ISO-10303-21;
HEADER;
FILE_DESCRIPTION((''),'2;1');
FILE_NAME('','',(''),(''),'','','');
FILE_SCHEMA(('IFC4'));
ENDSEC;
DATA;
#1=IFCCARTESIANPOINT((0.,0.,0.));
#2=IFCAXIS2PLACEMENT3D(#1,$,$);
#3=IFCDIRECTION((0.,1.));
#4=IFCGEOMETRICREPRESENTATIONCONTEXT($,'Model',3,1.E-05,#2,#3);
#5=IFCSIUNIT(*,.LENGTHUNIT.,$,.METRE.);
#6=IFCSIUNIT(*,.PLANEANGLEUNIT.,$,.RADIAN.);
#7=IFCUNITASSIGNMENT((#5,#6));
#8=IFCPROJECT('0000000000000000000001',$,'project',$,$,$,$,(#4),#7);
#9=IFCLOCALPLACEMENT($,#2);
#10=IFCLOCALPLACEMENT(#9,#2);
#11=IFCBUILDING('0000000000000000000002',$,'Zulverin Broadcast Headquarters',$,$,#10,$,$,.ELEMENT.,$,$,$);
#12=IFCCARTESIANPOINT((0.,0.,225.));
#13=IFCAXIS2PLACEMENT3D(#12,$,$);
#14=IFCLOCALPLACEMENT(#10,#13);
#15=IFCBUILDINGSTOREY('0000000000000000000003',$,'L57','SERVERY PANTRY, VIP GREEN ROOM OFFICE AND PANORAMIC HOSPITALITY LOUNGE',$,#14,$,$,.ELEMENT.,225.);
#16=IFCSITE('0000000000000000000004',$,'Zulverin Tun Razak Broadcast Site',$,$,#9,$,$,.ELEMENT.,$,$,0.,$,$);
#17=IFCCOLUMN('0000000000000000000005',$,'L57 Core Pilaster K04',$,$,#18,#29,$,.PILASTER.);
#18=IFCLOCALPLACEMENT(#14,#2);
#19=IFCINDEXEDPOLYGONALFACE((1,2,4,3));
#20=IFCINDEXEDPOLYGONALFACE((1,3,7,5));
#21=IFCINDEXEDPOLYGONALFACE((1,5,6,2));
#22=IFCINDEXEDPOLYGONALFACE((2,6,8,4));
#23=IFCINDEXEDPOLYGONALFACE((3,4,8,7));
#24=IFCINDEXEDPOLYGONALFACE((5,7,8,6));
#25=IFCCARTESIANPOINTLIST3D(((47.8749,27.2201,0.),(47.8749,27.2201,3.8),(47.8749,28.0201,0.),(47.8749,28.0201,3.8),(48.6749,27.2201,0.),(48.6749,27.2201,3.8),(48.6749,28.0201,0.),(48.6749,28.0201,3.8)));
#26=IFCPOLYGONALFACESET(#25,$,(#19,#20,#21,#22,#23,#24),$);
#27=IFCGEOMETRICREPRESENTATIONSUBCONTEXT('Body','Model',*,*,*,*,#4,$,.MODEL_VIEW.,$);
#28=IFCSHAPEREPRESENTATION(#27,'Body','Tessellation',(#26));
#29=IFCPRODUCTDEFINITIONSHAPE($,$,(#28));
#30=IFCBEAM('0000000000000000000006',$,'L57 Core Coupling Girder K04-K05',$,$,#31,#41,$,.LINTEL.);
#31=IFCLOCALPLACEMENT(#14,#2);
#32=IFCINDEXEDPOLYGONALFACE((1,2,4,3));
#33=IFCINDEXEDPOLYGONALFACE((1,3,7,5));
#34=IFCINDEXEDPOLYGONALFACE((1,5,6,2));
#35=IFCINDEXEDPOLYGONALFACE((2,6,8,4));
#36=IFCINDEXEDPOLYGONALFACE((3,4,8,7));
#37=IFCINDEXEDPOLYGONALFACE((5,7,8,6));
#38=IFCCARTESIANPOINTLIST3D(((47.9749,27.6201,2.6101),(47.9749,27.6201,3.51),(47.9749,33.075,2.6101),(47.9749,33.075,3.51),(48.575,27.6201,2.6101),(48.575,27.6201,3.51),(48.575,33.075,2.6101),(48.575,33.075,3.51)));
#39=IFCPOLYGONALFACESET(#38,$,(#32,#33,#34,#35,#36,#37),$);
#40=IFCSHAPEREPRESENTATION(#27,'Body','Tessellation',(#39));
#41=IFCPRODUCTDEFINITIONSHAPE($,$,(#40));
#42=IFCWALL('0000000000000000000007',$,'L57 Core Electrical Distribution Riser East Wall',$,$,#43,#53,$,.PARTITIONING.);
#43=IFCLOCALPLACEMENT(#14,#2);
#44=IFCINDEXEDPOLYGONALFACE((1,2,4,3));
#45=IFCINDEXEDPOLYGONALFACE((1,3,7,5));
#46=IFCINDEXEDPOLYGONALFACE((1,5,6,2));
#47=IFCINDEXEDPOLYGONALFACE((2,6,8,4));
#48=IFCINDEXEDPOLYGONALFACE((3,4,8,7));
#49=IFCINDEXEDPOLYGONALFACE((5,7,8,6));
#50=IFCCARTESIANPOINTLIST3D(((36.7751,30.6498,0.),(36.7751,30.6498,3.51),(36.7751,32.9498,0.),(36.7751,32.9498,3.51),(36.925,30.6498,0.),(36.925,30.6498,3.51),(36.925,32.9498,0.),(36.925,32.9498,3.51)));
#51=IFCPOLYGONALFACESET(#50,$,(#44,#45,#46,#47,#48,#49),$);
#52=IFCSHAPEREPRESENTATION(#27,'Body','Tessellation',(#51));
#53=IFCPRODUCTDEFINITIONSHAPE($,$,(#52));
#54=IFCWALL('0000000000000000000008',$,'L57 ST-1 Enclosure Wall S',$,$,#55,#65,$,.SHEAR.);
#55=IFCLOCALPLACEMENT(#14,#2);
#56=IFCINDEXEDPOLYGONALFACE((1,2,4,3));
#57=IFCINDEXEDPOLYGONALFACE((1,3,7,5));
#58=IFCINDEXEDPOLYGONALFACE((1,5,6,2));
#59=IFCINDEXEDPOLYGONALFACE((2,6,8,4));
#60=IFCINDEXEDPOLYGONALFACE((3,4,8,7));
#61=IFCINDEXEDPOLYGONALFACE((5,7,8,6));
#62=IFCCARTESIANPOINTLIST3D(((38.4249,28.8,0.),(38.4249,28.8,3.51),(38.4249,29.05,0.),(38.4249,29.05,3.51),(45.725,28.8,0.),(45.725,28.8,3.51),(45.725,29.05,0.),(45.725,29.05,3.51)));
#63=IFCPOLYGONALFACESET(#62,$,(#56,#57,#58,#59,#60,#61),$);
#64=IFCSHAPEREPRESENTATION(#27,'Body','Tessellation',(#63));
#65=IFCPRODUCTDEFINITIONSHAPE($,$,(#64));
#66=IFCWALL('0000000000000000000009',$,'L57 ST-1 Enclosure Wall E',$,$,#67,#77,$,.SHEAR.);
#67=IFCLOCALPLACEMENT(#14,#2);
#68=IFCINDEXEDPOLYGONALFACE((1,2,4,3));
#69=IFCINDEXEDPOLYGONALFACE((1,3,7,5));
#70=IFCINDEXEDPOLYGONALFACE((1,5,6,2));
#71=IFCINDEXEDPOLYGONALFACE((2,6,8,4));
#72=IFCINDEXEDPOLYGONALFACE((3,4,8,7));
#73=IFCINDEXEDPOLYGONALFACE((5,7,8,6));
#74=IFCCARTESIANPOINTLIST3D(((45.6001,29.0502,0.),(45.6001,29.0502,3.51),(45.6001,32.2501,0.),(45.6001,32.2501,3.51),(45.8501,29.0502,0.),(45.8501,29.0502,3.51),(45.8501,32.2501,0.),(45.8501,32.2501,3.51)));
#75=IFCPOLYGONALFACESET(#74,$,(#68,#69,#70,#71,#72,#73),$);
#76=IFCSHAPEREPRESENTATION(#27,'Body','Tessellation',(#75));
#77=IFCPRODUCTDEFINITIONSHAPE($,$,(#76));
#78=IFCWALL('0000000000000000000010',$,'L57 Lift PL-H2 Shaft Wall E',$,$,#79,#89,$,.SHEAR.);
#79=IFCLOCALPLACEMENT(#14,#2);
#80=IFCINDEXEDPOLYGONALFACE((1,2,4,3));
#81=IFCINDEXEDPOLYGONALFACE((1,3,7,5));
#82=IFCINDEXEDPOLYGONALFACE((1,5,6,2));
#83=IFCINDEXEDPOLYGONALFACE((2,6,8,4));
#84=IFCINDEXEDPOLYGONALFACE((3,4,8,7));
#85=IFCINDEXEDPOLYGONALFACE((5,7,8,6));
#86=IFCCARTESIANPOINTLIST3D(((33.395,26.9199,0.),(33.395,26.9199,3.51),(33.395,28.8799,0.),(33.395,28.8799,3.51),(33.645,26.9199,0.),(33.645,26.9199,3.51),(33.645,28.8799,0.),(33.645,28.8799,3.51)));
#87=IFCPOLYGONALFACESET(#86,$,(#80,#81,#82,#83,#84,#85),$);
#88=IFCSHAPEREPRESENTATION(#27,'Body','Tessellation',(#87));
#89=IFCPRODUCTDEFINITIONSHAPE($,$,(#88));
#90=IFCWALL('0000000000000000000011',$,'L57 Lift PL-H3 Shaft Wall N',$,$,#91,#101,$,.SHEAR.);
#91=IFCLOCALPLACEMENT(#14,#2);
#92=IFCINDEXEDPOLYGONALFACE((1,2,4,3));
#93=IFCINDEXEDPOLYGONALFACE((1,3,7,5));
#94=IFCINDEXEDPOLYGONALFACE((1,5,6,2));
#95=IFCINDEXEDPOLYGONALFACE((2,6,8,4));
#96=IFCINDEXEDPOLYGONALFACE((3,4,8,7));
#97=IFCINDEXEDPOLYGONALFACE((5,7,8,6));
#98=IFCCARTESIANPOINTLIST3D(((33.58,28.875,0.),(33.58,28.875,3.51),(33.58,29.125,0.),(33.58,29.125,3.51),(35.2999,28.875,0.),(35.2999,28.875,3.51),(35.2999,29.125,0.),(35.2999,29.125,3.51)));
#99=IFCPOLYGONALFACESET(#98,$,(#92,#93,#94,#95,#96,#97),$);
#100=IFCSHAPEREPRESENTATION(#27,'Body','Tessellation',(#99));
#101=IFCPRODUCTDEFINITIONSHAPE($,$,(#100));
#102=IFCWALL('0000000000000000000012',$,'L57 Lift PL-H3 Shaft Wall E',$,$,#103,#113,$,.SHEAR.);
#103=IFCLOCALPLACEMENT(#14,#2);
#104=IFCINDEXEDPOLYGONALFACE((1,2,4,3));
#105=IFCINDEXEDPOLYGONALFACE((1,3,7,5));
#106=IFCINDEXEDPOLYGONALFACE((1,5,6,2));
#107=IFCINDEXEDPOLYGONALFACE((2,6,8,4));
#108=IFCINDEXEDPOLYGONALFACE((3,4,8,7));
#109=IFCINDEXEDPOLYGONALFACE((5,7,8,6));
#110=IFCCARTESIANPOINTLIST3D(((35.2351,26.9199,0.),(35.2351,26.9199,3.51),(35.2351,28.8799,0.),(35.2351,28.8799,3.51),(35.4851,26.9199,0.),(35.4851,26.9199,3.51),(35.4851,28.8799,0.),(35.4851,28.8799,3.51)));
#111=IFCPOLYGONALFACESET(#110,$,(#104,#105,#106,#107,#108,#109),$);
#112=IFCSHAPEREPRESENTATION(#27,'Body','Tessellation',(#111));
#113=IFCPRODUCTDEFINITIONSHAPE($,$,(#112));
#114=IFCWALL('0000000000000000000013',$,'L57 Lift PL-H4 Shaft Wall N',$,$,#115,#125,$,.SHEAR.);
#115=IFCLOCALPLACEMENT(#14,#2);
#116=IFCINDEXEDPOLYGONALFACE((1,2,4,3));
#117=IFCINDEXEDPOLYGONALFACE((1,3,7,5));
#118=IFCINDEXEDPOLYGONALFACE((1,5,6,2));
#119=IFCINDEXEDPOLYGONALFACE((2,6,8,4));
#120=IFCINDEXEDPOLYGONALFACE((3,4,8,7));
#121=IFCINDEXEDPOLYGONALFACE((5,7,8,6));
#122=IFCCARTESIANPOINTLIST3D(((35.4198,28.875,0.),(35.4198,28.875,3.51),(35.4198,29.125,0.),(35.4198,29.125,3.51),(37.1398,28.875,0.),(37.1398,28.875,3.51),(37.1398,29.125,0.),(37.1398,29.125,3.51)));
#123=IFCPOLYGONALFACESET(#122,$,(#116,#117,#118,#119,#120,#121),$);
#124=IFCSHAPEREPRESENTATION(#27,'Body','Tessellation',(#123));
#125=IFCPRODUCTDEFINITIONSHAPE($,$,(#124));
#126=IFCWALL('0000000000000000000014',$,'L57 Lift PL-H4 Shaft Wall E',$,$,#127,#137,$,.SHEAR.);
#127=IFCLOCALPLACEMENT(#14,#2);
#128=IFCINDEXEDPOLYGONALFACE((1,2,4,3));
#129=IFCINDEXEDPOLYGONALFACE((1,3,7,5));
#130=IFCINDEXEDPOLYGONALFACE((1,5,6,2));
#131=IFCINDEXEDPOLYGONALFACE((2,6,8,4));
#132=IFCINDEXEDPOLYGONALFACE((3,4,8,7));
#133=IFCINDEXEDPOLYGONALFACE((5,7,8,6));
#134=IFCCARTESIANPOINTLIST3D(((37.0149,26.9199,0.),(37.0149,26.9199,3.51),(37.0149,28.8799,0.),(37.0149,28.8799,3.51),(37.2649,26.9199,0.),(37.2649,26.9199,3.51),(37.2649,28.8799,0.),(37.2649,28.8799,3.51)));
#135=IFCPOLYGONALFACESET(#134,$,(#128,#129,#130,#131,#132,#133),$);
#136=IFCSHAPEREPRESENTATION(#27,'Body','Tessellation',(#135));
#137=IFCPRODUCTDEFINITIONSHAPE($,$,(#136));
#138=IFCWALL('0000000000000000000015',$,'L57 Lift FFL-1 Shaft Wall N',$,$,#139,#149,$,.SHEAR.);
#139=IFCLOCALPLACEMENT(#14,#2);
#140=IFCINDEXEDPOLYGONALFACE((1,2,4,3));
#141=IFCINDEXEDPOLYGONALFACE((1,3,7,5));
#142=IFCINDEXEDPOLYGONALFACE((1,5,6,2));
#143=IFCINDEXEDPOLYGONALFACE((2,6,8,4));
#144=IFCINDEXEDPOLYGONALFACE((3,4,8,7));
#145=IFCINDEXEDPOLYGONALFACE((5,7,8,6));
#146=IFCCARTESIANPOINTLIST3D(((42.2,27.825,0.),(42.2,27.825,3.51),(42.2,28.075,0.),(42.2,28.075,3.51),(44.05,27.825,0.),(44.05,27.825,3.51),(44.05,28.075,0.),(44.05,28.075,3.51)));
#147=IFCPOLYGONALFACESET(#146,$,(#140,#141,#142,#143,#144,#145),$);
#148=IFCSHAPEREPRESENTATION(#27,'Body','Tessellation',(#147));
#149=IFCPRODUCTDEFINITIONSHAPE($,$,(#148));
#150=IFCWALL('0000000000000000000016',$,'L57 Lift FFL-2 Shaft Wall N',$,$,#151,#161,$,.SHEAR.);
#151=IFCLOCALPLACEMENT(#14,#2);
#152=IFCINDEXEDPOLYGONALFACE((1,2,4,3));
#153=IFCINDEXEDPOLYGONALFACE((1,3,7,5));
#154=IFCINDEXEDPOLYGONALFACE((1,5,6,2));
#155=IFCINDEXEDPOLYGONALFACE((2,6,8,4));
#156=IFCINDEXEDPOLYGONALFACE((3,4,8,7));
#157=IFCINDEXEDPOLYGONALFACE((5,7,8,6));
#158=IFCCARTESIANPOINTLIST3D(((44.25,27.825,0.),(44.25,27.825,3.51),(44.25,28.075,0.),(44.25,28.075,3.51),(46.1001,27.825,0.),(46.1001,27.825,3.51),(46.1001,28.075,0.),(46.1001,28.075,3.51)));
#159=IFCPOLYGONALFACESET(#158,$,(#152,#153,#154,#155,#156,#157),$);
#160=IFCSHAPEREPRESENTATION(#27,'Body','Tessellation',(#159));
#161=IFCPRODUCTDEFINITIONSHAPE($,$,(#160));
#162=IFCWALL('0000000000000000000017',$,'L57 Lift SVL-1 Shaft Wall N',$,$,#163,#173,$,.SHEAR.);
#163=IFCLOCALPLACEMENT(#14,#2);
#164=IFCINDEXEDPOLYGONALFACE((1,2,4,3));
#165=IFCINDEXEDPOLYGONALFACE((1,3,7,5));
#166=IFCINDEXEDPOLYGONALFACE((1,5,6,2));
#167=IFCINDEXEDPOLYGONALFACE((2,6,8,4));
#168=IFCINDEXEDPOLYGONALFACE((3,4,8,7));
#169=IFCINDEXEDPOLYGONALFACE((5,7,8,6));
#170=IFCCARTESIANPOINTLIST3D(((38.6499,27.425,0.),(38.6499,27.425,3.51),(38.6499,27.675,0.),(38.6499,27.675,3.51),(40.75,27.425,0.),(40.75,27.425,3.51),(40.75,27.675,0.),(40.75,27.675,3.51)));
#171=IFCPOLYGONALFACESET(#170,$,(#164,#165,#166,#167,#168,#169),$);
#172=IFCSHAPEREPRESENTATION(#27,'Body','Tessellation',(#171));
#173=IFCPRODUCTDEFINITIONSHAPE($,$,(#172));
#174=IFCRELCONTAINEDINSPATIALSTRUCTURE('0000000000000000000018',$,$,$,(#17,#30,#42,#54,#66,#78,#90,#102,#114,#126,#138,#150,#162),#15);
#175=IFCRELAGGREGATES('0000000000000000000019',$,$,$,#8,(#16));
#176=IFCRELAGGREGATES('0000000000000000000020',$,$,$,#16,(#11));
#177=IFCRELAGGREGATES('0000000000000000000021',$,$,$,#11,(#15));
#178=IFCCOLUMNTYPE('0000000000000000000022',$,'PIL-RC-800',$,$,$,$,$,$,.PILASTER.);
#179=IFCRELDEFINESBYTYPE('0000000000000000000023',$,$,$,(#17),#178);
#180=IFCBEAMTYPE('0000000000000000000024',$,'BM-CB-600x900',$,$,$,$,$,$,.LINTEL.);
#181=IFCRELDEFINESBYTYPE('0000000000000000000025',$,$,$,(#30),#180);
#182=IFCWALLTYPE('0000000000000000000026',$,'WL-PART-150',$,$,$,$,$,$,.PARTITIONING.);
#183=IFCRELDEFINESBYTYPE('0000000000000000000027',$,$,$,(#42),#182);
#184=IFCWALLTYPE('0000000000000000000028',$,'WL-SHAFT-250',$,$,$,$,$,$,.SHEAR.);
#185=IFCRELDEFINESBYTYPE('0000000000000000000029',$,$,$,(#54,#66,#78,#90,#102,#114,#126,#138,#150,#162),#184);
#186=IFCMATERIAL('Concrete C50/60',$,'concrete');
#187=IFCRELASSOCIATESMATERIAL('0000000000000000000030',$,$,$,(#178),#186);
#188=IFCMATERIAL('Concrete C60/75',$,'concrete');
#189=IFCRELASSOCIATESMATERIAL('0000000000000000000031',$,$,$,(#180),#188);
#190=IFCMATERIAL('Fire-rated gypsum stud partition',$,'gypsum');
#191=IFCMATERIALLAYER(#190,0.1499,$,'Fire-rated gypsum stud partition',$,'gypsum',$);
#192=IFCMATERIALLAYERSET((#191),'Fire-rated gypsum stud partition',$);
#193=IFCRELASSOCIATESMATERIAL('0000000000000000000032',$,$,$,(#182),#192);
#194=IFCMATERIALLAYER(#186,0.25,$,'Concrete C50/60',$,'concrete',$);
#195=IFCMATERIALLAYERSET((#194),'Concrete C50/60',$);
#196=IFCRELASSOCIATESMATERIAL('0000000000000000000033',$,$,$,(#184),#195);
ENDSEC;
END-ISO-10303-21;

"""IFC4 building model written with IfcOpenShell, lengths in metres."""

from ifc_helpers import new_model, si_unit, direction, frame, frame_2d, origin, origin_2d, place, context, subcontext, project, spatial, rectangle, extrude, material, layer, layer_set, material_profile, profile_set, type_object, element, save


model = new_model("IFC4")

# Units and contexts
model_context = context("Model", 3, precision=1e-05, world=origin(), true_north=direction((0.0, 1.0)))
body_context = subcontext(model_context, "Body", "Model", "MODEL_VIEW")
ifc_project = project(units=[si_unit("LENGTHUNIT", "METRE"), si_unit("PLANEANGLEUNIT", "RADIAN")], contexts=[model_context])

# Site, building, storey
site_placement = place(None, origin())
site = spatial("IfcSite", under=ifc_project, at=site_placement, Name="Zulverin Tun Razak Broadcast Site", CompositionType="ELEMENT", RefElevation=0.0)
building_placement = place(site_placement, origin())
building = spatial("IfcBuilding", under=site, at=building_placement, Name="Zulverin Broadcast Headquarters", CompositionType="ELEMENT")
storey_placement = place(building_placement, frame((0.0, 0.0, 225.0)))
storey = spatial("IfcBuildingStorey", under=building, at=storey_placement, Name="L57", Description="SERVERY PANTRY, VIP GREEN ROOM OFFICE AND PANORAMIC HOSPITALITY LOUNGE", CompositionType="ELEMENT", Elevation=225.0)

# Column
ifc_material_1 = material(Name="Concrete C50/60", Category="concrete")
ifc_material_profile_1 = material_profile(ifc_material_1, rectangle(XDim=0.8, YDim=0.8, at=origin_2d()), Name="Concrete C50/60", Category="concrete")
ifc_profile_set_1 = profile_set([ifc_material_profile_1], Name="Concrete C50/60")
column_type = type_object("IfcColumnType", Name="PIL-RC-800", PredefinedType="PILASTER", material=ifc_profile_set_1)
column_placement = place(storey_placement, frame((48.2749, 27.6201, 0.0), z_axis=(0.0, 0.0, 1.0), x_axis=(1.0, 0.0, 0.0)))
element("IfcColumn", 1, at=column_placement, inside=storey, type_object=column_type, Name="L57 Core Pilaster K04", PredefinedType="PILASTER", context=body_context, shape_type="SweptSolid", body=[
    extrude(rectangle(XDim=0.8, YDim=0.8, at=origin_2d()), origin(), (0.0, 0.0, 1.0), 3.8),
])

# Beam
ifc_material_2 = material(Name="Concrete C60/75", Category="concrete")
ifc_material_profile_2 = material_profile(ifc_material_2, rectangle(XDim=0.6001, YDim=0.8999, at=origin_2d()), Name="Concrete C60/75", Category="concrete")
ifc_profile_set_2 = profile_set([ifc_material_profile_2], Name="Concrete C60/75")
beam_type = type_object("IfcBeamType", Name="BM-CB-600x900", PredefinedType="LINTEL", material=ifc_profile_set_2)
beam_placement = place(storey_placement, frame((48.2749, 27.6201, 3.0601), z_axis=(0.0, 1.0, 0.0), x_axis=(-1.0, 0.0, 0.0)))
element("IfcBeam", 2, at=beam_placement, inside=storey, type_object=beam_type, Name="L57 Core Coupling Girder K04-K05", PredefinedType="LINTEL", context=body_context, shape_type="SweptSolid", body=[
    extrude(rectangle(XDim=0.6001, YDim=0.8999, at=origin_2d()), origin(), (0.0, 0.0, 1.0), 5.4548),
])

# Walls
ifc_material_3 = material(Name="Fire-rated gypsum stud partition", Category="gypsum")
ifc_layer_1 = layer(ifc_material_3, 0.1499, Name="Fire-rated gypsum stud partition", Category="gypsum")
ifc_layer_set_1 = layer_set([ifc_layer_1], Name="Fire-rated gypsum stud partition")
wall_type_1 = type_object("IfcWallType", Name="WL-PART-150", PredefinedType="PARTITIONING", material=ifc_layer_set_1)
wall_1_placement = place(storey_placement, frame((36.8501, 30.6499, 0.0), z_axis=(0.0, 0.0, 1.0), x_axis=(0.0, 1.0, 0.0)))
element("IfcWall", 3, at=wall_1_placement, inside=storey, type_object=wall_type_1, Name="L57 Core Electrical Distribution Riser East Wall", PredefinedType="PARTITIONING", context=body_context, shape_type="SweptSolid", body=[
    extrude(rectangle(XDim=2.3, YDim=0.1499, at=frame_2d((1.1499, 0.0))), origin(), (0.0, 0.0, 1.0), 3.51),
])
ifc_layer_2 = layer(ifc_material_1, 0.25, Name="Concrete C50/60", Category="concrete")
ifc_layer_set_2 = layer_set([ifc_layer_2], Name="Concrete C50/60")
wall_type_2 = type_object("IfcWallType", Name="WL-SHAFT-250", PredefinedType="SHEAR", material=ifc_layer_set_2)
wall_2_placement = place(storey_placement, frame((38.425, 28.925, 0.0), z_axis=(0.0, 0.0, 1.0), x_axis=(1.0, 0.0, 0.0)))
element("IfcWall", 4, at=wall_2_placement, inside=storey, type_object=wall_type_2, Name="L57 ST-1 Enclosure Wall S", PredefinedType="SHEAR", context=body_context, shape_type="SweptSolid", body=[
    extrude(rectangle(XDim=7.3, YDim=0.25, at=frame_2d((3.6499, 0.0))), origin(), (0.0, 0.0, 1.0), 3.51),
])

# Walls
wall_3_placement = place(storey_placement, frame((45.7251, 29.05, 0.0), z_axis=(0.0, 0.0, 1.0), x_axis=(0.0, 1.0, 0.0)))
element("IfcWall", 5, at=wall_3_placement, inside=storey, type_object=wall_type_2, Name="L57 ST-1 Enclosure Wall E", PredefinedType="SHEAR", context=body_context, shape_type="SweptSolid", body=[
    extrude(rectangle(XDim=3.2, YDim=0.25, at=frame_2d((1.6001, 0.0))), origin(), (0.0, 0.0, 1.0), 3.51),
])
wall_4_placement = place(storey_placement, frame((33.52, 26.9199, 0.0), z_axis=(0.0, 0.0, 1.0), x_axis=(0.0, 1.0, 0.0)))
element("IfcWall", 6, at=wall_4_placement, inside=storey, type_object=wall_type_2, Name="L57 Lift PL-H2 Shaft Wall E", PredefinedType="SHEAR", context=body_context, shape_type="SweptSolid", body=[
    extrude(rectangle(XDim=1.96, YDim=0.25, at=frame_2d((0.98, 0.0))), origin(), (0.0, 0.0, 1.0), 3.51),
])

# Walls
wall_5_placement = place(storey_placement, frame((33.5801, 29.0, 0.0), z_axis=(0.0, 0.0, 1.0), x_axis=(1.0, 0.0, 0.0)))
element("IfcWall", 7, at=wall_5_placement, inside=storey, type_object=wall_type_2, Name="L57 Lift PL-H3 Shaft Wall N", PredefinedType="SHEAR", context=body_context, shape_type="SweptSolid", body=[
    extrude(rectangle(XDim=1.72, YDim=0.25, at=frame_2d((0.8599, 0.0))), origin(), (0.0, 0.0, 1.0), 3.51),
])
wall_6_placement = place(storey_placement, frame((35.3601, 26.9199, 0.0), z_axis=(0.0, 0.0, 1.0), x_axis=(0.0, 1.0, 0.0)))
element("IfcWall", 8, at=wall_6_placement, inside=storey, type_object=wall_type_2, Name="L57 Lift PL-H3 Shaft Wall E", PredefinedType="SHEAR", context=body_context, shape_type="SweptSolid", body=[
    extrude(rectangle(XDim=1.96, YDim=0.25, at=frame_2d((0.98, 0.0))), origin(), (0.0, 0.0, 1.0), 3.51),
])

# Walls
wall_7_placement = place(storey_placement, frame((35.4199, 29.0, 0.0), z_axis=(0.0, 0.0, 1.0), x_axis=(1.0, 0.0, 0.0)))
element("IfcWall", 9, at=wall_7_placement, inside=storey, type_object=wall_type_2, Name="L57 Lift PL-H4 Shaft Wall N", PredefinedType="SHEAR", context=body_context, shape_type="SweptSolid", body=[
    extrude(rectangle(XDim=1.72, YDim=0.25, at=frame_2d((0.8599, 0.0))), origin(), (0.0, 0.0, 1.0), 3.51),
])
wall_8_placement = place(storey_placement, frame((37.1399, 26.9199, 0.0), z_axis=(0.0, 0.0, 1.0), x_axis=(0.0, 1.0, 0.0)))
element("IfcWall", 10, at=wall_8_placement, inside=storey, type_object=wall_type_2, Name="L57 Lift PL-H4 Shaft Wall E", PredefinedType="SHEAR", context=body_context, shape_type="SweptSolid", body=[
    extrude(rectangle(XDim=1.96, YDim=0.25, at=frame_2d((0.98, 0.0))), origin(), (0.0, 0.0, 1.0), 3.51),
])
for number, where, z_axis, x_axis, name in (
    (11, (42.2, 27.95, 0.0), (0.0, 0.0, 1.0), (1.0, 0.0, 0.0), "L57 Lift FFL-1 Shaft Wall N"),
    (12, (44.25, 27.95, 0.0), (0.0, 0.0, 1.0), (1.0, 0.0, 0.0), "L57 Lift FFL-2 Shaft Wall N"),
):
    element("IfcWall", number, at=place(storey_placement, frame(where, z_axis=z_axis, x_axis=x_axis)), inside=storey, type_object=wall_type_2, Name=name, PredefinedType="SHEAR", context=body_context, shape_type="SweptSolid", body=[
        extrude(rectangle(XDim=1.8501, YDim=0.25, at=frame_2d((0.925, 0.0))), origin(), (0.0, 0.0, 1.0), 3.51),
    ])
wall_9_placement = place(storey_placement, frame((38.6499, 27.55, 0.0), z_axis=(0.0, 0.0, 1.0), x_axis=(1.0, 0.0, 0.0)))
element("IfcWall", 13, at=wall_9_placement, inside=storey, type_object=wall_type_2, Name="L57 Lift SVL-1 Shaft Wall N", PredefinedType="SHEAR", context=body_context, shape_type="SweptSolid", body=[
    extrude(rectangle(XDim=2.1001, YDim=0.25, at=frame_2d((1.05, 0.0))), origin(), (0.0, 0.0, 1.0), 3.51),
])

save(model, "model.ifc")
